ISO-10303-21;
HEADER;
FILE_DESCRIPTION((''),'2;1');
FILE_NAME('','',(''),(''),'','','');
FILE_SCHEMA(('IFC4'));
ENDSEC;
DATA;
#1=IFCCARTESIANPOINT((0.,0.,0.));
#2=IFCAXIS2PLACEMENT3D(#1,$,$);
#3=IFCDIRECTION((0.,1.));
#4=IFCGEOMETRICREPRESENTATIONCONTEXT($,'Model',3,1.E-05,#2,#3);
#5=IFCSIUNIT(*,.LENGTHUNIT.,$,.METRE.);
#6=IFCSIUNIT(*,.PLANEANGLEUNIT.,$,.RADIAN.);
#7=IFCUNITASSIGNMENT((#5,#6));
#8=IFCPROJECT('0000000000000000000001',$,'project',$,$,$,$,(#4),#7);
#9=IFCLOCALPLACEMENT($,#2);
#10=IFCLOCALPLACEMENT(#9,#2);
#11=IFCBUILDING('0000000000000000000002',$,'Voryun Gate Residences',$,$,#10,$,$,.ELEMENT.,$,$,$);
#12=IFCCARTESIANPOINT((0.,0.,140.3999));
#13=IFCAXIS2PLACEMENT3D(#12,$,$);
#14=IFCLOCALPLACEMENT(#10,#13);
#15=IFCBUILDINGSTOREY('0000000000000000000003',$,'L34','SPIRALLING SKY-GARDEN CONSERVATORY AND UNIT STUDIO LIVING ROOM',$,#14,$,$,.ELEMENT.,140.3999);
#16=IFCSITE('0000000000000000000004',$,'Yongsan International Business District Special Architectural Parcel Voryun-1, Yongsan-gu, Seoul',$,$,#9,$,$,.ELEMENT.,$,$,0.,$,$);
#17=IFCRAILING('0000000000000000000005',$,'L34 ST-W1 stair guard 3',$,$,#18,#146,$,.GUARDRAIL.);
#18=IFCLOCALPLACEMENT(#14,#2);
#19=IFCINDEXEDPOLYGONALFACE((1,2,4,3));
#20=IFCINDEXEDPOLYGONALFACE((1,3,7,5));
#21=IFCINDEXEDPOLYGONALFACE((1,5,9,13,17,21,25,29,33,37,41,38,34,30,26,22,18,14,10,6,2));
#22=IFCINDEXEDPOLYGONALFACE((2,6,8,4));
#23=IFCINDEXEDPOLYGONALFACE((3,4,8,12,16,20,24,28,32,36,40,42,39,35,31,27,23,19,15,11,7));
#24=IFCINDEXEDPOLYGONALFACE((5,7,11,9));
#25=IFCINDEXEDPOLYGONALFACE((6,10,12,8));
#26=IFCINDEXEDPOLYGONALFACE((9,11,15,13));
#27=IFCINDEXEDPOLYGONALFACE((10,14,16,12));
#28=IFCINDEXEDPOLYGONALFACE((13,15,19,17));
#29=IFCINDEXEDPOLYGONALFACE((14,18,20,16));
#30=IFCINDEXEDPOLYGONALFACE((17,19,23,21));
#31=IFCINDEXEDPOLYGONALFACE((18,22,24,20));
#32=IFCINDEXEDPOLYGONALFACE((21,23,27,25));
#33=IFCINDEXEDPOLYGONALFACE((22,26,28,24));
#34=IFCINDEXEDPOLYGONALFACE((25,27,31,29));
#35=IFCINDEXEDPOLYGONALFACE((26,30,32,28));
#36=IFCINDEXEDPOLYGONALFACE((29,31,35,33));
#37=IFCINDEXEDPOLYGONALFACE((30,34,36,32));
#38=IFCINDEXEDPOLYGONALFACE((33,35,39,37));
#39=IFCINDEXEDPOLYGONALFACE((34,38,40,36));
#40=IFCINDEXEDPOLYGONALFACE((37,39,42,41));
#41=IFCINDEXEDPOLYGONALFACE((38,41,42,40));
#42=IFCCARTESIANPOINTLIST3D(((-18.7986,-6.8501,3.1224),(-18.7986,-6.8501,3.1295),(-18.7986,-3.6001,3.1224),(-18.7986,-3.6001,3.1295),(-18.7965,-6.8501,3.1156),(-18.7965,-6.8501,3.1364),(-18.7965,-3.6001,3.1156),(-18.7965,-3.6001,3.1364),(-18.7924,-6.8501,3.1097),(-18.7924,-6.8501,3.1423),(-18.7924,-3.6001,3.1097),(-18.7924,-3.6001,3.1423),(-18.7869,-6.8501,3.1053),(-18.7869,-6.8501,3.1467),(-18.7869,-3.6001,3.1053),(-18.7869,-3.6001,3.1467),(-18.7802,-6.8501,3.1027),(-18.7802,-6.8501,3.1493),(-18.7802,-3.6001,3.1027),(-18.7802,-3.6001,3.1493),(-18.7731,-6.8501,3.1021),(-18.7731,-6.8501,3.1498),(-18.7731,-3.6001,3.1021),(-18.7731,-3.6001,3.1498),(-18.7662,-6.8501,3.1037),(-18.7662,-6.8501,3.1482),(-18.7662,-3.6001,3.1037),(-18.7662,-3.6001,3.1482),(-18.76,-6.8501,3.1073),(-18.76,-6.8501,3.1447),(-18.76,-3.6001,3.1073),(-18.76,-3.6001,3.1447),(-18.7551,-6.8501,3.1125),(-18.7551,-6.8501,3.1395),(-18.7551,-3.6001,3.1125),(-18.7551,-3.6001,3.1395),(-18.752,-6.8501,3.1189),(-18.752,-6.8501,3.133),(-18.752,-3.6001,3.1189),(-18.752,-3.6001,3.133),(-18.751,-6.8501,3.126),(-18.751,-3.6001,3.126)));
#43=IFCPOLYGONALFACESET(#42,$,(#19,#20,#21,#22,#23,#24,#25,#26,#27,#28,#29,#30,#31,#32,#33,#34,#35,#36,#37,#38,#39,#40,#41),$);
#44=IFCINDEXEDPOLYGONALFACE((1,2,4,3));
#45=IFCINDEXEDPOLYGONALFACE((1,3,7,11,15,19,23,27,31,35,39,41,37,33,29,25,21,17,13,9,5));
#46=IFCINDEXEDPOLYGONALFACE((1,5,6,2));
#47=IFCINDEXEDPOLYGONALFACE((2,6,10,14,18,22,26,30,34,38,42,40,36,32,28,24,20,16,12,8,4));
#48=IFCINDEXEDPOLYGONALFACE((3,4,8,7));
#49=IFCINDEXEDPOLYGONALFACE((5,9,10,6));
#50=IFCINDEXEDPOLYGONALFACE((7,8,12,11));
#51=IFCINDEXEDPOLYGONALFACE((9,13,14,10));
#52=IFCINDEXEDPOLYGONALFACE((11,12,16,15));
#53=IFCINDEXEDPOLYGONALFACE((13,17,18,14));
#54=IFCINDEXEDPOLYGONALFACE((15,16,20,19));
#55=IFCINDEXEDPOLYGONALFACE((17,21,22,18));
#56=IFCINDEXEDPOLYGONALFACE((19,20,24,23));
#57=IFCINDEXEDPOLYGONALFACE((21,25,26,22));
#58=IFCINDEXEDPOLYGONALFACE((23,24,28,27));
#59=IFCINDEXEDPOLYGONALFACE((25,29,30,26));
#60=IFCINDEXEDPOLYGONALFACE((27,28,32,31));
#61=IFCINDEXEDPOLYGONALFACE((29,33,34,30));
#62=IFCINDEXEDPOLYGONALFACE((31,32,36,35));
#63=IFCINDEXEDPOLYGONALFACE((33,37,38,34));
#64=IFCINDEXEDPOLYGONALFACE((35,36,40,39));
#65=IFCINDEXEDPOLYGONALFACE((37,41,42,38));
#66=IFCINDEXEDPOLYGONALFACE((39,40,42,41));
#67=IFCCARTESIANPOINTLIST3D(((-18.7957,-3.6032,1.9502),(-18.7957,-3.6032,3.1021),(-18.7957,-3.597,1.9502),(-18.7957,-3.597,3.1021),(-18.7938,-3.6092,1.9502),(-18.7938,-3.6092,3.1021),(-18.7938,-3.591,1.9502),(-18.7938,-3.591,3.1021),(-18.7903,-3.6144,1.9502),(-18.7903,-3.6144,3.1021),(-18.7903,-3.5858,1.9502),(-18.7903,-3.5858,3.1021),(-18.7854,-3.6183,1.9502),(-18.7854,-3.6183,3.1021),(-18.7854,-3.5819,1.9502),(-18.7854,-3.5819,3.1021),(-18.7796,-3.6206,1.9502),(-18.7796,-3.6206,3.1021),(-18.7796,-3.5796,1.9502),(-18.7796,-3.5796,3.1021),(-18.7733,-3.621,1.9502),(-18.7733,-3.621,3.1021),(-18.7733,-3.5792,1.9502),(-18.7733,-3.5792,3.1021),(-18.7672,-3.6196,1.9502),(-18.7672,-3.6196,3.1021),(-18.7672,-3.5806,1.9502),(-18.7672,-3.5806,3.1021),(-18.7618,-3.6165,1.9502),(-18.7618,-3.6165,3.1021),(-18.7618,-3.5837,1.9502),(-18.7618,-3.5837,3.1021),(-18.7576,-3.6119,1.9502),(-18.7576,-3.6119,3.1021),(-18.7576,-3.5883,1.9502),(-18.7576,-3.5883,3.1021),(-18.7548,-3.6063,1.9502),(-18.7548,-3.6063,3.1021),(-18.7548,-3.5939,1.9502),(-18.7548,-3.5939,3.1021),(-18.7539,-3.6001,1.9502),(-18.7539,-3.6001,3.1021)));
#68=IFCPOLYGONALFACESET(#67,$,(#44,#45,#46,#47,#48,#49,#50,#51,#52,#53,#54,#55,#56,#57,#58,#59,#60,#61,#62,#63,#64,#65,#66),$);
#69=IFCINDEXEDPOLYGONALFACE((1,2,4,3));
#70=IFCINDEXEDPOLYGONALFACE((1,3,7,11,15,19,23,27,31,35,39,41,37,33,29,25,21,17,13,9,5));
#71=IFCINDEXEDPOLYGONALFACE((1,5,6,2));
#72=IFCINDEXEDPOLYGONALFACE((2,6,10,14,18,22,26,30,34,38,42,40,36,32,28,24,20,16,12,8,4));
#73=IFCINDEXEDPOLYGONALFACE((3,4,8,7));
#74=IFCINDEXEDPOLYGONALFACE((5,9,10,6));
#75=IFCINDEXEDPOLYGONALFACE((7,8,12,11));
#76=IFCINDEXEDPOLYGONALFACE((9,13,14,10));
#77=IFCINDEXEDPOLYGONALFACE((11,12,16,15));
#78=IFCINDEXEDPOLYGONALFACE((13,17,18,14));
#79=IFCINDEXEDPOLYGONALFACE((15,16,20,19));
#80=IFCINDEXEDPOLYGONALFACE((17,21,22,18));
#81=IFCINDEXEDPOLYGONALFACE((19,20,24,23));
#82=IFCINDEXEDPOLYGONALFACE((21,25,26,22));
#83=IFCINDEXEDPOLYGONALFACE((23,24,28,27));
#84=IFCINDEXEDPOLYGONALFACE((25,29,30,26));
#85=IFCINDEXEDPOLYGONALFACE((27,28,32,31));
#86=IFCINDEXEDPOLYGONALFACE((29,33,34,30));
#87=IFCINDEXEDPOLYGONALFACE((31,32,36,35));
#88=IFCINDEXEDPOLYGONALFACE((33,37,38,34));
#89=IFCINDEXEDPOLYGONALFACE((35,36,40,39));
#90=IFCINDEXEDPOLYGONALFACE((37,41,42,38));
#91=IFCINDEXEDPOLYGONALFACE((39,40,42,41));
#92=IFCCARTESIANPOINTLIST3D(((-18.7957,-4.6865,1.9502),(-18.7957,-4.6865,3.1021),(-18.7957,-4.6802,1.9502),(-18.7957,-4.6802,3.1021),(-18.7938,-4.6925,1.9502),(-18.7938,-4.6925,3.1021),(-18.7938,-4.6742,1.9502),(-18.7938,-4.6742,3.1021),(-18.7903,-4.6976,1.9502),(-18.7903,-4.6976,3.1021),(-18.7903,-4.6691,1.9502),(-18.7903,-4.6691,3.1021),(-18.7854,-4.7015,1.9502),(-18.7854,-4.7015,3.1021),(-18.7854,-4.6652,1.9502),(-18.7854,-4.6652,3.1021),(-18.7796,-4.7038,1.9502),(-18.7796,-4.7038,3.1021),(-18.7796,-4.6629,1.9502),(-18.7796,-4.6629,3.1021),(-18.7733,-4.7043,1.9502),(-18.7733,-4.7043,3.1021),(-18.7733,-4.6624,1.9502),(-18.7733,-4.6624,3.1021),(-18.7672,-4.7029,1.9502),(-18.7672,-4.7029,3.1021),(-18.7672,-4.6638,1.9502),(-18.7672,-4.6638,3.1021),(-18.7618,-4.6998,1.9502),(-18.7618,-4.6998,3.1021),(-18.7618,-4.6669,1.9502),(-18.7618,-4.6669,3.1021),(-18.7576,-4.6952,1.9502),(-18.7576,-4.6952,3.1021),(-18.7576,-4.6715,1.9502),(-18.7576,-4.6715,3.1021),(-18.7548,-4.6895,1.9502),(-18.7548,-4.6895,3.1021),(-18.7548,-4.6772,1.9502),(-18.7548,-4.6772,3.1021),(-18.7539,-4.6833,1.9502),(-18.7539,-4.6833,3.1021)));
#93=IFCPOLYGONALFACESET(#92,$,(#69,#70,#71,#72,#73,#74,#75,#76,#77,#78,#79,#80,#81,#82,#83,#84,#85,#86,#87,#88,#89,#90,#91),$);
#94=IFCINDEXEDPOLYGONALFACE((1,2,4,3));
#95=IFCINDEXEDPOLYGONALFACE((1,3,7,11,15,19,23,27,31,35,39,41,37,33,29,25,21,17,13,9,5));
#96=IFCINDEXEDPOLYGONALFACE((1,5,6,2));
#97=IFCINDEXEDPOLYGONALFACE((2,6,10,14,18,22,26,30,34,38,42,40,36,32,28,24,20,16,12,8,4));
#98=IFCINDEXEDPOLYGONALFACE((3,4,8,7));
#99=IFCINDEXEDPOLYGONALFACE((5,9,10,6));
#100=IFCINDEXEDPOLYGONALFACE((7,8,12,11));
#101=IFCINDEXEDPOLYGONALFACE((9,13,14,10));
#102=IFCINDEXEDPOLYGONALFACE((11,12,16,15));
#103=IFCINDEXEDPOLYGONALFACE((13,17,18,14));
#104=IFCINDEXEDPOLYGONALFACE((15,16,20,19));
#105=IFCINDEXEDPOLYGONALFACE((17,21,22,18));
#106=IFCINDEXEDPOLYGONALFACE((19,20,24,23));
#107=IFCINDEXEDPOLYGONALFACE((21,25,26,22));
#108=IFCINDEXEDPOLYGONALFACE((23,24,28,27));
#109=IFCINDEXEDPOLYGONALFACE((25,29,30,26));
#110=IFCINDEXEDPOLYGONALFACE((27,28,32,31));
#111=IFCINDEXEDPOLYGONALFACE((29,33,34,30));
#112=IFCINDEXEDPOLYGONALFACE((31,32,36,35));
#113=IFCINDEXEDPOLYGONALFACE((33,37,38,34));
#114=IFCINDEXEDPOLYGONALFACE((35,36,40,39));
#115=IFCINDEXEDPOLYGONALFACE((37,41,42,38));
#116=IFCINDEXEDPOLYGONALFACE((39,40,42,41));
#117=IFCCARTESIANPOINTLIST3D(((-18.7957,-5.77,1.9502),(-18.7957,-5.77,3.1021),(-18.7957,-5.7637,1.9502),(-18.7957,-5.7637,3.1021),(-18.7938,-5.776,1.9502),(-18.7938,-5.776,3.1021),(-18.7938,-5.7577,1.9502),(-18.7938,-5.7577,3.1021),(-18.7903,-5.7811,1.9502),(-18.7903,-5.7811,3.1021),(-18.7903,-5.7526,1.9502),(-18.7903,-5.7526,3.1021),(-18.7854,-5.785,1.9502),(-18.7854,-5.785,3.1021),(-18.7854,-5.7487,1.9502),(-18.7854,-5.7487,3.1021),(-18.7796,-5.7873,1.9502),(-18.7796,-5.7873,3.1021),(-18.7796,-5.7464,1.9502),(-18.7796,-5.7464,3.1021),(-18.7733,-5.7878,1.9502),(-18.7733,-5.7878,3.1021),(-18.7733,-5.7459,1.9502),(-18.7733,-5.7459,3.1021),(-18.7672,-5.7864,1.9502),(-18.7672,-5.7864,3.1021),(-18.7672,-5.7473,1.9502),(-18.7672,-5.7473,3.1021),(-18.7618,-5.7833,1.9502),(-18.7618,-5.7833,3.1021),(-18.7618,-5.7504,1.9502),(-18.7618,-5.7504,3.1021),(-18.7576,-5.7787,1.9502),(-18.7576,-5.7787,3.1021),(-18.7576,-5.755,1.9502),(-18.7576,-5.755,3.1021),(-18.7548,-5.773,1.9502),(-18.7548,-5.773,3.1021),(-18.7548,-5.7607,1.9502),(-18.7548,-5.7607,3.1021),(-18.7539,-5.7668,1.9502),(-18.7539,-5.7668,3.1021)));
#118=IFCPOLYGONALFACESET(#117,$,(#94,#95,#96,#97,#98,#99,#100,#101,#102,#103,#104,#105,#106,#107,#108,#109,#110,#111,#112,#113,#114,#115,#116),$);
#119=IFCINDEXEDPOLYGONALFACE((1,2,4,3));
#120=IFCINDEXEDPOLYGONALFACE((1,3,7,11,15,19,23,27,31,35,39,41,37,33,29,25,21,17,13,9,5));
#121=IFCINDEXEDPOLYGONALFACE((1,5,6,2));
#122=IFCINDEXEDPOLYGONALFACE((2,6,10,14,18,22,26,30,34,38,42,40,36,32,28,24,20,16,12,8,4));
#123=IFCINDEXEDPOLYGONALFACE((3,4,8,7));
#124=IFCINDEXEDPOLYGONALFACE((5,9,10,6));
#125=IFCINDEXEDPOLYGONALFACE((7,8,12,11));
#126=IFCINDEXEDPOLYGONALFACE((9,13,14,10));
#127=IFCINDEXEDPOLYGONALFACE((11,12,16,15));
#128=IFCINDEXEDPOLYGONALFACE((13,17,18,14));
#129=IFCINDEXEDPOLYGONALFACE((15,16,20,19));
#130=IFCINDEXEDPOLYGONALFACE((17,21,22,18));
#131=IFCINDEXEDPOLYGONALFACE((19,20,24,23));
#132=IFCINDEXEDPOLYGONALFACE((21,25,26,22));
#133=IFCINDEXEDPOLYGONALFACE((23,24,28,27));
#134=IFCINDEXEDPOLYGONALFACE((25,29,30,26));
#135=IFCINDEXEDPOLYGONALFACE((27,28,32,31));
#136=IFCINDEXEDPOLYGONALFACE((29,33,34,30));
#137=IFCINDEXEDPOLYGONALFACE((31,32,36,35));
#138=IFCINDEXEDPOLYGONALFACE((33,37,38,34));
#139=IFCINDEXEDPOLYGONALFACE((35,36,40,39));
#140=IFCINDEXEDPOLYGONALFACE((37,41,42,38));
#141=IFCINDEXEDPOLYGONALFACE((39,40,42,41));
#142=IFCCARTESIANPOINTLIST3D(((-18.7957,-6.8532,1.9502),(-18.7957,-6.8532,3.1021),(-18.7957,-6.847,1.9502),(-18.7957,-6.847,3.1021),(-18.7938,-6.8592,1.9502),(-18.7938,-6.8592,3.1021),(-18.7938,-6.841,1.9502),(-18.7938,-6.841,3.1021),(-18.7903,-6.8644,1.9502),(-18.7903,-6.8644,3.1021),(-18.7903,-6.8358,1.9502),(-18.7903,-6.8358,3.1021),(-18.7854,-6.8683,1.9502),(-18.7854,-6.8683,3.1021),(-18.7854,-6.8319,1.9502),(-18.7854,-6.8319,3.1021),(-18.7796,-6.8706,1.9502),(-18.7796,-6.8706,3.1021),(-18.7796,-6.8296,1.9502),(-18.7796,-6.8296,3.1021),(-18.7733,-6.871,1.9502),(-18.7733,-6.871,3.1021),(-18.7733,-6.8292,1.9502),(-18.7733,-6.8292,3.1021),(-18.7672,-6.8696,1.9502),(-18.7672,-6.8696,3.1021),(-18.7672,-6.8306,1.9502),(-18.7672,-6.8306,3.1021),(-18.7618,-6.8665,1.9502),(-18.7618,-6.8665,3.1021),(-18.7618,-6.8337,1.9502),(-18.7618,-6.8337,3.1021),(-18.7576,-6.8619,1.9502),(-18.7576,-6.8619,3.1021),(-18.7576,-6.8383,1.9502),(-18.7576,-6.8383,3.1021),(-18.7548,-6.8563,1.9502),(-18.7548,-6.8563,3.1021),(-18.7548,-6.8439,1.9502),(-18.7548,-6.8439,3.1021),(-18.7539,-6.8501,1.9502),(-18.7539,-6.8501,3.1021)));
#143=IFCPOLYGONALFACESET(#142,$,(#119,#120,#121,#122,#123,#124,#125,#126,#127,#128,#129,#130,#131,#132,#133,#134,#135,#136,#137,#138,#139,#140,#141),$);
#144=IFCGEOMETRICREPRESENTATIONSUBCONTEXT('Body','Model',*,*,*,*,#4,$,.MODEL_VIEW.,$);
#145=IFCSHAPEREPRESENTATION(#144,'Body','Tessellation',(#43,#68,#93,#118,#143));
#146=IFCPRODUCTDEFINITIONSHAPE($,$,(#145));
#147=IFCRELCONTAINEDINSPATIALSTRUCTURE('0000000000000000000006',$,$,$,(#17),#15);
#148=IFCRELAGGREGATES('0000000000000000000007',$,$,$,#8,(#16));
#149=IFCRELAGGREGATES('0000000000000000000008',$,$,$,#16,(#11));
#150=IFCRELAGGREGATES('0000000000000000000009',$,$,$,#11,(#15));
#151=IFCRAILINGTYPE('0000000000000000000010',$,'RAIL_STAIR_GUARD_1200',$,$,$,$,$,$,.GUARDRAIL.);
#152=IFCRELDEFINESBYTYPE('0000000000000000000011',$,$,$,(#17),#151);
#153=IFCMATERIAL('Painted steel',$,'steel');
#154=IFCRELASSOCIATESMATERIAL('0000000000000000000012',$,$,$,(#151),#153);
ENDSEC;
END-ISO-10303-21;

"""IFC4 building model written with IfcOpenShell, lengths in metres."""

from ifc_helpers import new_model, si_unit, direction, frame, origin, origin_2d, place, context, subcontext, project, spatial, circle, extrude, material, type_object, element, save


model = new_model("IFC4")

# Units and contexts
model_context = context("Model", 3, precision=1e-05, world=origin(), true_north=direction((0.0, 1.0)))
body_context = subcontext(model_context, "Body", "Model", "MODEL_VIEW")
ifc_project = project(units=[si_unit("LENGTHUNIT", "METRE"), si_unit("PLANEANGLEUNIT", "RADIAN")], contexts=[model_context])

# Site, building, storey
site_placement = place(None, origin())
site = spatial("IfcSite", under=ifc_project, at=site_placement, Name="Yongsan International Business District Special Architectural Parcel Voryun-1, Yongsan-gu, Seoul", CompositionType="ELEMENT", RefElevation=0.0)
building_placement = place(site_placement, origin())
building = spatial("IfcBuilding", under=site, at=building_placement, Name="Voryun Gate Residences", CompositionType="ELEMENT")
storey_placement = place(building_placement, frame((0.0, 0.0, 140.3999)))
storey = spatial("IfcBuildingStorey", under=building, at=storey_placement, Name="L34", Description="SPIRALLING SKY-GARDEN CONSERVATORY AND UNIT STUDIO LIVING ROOM", CompositionType="ELEMENT", Elevation=140.3999)

# Railing
ifc_material_1 = material(Name="Painted steel", Category="steel")
railing_type_1 = type_object("IfcRailingType", Name="RAIL_STAIR_GUARD_1200", PredefinedType="GUARDRAIL", material=ifc_material_1)
for number, where, name in (
    (1, (-18.7749, -3.6001, 1.9502), "L34 ST-W1 stair guard 3"),
):
    element("IfcRailing", number, at=place(storey_placement, frame(where)), inside=storey, type_object=railing_type_1, Name=name, PredefinedType="GUARDRAIL", context=body_context, shape_type="SweptSolid", body=[
        extrude(circle(Radius=0.0239, at=origin_2d()), frame((0.0, 0.0, 1.1758), z_axis=(0.0, -1.0, 0.0), x_axis=(1.0, 0.0, 0.0)), (0.0, 0.0, 1.0), 3.25),
        extrude(circle(Radius=0.021, at=origin_2d()), origin(), (0.0, 0.0, 1.0), 1.1519),
        extrude(circle(Radius=0.021, at=origin_2d()), frame((0.0, -1.0833, 0.0)), (0.0, 0.0, 1.0), 1.1519),
        extrude(circle(Radius=0.021, at=origin_2d()), frame((0.0, -2.1667, 0.0)), (0.0, 0.0, 1.0), 1.1519),
        extrude(circle(Radius=0.021, at=origin_2d()), frame((0.0, -3.25, 0.0)), (0.0, 0.0, 1.0), 1.1519),
    ])

save(model, "model.ifc")
